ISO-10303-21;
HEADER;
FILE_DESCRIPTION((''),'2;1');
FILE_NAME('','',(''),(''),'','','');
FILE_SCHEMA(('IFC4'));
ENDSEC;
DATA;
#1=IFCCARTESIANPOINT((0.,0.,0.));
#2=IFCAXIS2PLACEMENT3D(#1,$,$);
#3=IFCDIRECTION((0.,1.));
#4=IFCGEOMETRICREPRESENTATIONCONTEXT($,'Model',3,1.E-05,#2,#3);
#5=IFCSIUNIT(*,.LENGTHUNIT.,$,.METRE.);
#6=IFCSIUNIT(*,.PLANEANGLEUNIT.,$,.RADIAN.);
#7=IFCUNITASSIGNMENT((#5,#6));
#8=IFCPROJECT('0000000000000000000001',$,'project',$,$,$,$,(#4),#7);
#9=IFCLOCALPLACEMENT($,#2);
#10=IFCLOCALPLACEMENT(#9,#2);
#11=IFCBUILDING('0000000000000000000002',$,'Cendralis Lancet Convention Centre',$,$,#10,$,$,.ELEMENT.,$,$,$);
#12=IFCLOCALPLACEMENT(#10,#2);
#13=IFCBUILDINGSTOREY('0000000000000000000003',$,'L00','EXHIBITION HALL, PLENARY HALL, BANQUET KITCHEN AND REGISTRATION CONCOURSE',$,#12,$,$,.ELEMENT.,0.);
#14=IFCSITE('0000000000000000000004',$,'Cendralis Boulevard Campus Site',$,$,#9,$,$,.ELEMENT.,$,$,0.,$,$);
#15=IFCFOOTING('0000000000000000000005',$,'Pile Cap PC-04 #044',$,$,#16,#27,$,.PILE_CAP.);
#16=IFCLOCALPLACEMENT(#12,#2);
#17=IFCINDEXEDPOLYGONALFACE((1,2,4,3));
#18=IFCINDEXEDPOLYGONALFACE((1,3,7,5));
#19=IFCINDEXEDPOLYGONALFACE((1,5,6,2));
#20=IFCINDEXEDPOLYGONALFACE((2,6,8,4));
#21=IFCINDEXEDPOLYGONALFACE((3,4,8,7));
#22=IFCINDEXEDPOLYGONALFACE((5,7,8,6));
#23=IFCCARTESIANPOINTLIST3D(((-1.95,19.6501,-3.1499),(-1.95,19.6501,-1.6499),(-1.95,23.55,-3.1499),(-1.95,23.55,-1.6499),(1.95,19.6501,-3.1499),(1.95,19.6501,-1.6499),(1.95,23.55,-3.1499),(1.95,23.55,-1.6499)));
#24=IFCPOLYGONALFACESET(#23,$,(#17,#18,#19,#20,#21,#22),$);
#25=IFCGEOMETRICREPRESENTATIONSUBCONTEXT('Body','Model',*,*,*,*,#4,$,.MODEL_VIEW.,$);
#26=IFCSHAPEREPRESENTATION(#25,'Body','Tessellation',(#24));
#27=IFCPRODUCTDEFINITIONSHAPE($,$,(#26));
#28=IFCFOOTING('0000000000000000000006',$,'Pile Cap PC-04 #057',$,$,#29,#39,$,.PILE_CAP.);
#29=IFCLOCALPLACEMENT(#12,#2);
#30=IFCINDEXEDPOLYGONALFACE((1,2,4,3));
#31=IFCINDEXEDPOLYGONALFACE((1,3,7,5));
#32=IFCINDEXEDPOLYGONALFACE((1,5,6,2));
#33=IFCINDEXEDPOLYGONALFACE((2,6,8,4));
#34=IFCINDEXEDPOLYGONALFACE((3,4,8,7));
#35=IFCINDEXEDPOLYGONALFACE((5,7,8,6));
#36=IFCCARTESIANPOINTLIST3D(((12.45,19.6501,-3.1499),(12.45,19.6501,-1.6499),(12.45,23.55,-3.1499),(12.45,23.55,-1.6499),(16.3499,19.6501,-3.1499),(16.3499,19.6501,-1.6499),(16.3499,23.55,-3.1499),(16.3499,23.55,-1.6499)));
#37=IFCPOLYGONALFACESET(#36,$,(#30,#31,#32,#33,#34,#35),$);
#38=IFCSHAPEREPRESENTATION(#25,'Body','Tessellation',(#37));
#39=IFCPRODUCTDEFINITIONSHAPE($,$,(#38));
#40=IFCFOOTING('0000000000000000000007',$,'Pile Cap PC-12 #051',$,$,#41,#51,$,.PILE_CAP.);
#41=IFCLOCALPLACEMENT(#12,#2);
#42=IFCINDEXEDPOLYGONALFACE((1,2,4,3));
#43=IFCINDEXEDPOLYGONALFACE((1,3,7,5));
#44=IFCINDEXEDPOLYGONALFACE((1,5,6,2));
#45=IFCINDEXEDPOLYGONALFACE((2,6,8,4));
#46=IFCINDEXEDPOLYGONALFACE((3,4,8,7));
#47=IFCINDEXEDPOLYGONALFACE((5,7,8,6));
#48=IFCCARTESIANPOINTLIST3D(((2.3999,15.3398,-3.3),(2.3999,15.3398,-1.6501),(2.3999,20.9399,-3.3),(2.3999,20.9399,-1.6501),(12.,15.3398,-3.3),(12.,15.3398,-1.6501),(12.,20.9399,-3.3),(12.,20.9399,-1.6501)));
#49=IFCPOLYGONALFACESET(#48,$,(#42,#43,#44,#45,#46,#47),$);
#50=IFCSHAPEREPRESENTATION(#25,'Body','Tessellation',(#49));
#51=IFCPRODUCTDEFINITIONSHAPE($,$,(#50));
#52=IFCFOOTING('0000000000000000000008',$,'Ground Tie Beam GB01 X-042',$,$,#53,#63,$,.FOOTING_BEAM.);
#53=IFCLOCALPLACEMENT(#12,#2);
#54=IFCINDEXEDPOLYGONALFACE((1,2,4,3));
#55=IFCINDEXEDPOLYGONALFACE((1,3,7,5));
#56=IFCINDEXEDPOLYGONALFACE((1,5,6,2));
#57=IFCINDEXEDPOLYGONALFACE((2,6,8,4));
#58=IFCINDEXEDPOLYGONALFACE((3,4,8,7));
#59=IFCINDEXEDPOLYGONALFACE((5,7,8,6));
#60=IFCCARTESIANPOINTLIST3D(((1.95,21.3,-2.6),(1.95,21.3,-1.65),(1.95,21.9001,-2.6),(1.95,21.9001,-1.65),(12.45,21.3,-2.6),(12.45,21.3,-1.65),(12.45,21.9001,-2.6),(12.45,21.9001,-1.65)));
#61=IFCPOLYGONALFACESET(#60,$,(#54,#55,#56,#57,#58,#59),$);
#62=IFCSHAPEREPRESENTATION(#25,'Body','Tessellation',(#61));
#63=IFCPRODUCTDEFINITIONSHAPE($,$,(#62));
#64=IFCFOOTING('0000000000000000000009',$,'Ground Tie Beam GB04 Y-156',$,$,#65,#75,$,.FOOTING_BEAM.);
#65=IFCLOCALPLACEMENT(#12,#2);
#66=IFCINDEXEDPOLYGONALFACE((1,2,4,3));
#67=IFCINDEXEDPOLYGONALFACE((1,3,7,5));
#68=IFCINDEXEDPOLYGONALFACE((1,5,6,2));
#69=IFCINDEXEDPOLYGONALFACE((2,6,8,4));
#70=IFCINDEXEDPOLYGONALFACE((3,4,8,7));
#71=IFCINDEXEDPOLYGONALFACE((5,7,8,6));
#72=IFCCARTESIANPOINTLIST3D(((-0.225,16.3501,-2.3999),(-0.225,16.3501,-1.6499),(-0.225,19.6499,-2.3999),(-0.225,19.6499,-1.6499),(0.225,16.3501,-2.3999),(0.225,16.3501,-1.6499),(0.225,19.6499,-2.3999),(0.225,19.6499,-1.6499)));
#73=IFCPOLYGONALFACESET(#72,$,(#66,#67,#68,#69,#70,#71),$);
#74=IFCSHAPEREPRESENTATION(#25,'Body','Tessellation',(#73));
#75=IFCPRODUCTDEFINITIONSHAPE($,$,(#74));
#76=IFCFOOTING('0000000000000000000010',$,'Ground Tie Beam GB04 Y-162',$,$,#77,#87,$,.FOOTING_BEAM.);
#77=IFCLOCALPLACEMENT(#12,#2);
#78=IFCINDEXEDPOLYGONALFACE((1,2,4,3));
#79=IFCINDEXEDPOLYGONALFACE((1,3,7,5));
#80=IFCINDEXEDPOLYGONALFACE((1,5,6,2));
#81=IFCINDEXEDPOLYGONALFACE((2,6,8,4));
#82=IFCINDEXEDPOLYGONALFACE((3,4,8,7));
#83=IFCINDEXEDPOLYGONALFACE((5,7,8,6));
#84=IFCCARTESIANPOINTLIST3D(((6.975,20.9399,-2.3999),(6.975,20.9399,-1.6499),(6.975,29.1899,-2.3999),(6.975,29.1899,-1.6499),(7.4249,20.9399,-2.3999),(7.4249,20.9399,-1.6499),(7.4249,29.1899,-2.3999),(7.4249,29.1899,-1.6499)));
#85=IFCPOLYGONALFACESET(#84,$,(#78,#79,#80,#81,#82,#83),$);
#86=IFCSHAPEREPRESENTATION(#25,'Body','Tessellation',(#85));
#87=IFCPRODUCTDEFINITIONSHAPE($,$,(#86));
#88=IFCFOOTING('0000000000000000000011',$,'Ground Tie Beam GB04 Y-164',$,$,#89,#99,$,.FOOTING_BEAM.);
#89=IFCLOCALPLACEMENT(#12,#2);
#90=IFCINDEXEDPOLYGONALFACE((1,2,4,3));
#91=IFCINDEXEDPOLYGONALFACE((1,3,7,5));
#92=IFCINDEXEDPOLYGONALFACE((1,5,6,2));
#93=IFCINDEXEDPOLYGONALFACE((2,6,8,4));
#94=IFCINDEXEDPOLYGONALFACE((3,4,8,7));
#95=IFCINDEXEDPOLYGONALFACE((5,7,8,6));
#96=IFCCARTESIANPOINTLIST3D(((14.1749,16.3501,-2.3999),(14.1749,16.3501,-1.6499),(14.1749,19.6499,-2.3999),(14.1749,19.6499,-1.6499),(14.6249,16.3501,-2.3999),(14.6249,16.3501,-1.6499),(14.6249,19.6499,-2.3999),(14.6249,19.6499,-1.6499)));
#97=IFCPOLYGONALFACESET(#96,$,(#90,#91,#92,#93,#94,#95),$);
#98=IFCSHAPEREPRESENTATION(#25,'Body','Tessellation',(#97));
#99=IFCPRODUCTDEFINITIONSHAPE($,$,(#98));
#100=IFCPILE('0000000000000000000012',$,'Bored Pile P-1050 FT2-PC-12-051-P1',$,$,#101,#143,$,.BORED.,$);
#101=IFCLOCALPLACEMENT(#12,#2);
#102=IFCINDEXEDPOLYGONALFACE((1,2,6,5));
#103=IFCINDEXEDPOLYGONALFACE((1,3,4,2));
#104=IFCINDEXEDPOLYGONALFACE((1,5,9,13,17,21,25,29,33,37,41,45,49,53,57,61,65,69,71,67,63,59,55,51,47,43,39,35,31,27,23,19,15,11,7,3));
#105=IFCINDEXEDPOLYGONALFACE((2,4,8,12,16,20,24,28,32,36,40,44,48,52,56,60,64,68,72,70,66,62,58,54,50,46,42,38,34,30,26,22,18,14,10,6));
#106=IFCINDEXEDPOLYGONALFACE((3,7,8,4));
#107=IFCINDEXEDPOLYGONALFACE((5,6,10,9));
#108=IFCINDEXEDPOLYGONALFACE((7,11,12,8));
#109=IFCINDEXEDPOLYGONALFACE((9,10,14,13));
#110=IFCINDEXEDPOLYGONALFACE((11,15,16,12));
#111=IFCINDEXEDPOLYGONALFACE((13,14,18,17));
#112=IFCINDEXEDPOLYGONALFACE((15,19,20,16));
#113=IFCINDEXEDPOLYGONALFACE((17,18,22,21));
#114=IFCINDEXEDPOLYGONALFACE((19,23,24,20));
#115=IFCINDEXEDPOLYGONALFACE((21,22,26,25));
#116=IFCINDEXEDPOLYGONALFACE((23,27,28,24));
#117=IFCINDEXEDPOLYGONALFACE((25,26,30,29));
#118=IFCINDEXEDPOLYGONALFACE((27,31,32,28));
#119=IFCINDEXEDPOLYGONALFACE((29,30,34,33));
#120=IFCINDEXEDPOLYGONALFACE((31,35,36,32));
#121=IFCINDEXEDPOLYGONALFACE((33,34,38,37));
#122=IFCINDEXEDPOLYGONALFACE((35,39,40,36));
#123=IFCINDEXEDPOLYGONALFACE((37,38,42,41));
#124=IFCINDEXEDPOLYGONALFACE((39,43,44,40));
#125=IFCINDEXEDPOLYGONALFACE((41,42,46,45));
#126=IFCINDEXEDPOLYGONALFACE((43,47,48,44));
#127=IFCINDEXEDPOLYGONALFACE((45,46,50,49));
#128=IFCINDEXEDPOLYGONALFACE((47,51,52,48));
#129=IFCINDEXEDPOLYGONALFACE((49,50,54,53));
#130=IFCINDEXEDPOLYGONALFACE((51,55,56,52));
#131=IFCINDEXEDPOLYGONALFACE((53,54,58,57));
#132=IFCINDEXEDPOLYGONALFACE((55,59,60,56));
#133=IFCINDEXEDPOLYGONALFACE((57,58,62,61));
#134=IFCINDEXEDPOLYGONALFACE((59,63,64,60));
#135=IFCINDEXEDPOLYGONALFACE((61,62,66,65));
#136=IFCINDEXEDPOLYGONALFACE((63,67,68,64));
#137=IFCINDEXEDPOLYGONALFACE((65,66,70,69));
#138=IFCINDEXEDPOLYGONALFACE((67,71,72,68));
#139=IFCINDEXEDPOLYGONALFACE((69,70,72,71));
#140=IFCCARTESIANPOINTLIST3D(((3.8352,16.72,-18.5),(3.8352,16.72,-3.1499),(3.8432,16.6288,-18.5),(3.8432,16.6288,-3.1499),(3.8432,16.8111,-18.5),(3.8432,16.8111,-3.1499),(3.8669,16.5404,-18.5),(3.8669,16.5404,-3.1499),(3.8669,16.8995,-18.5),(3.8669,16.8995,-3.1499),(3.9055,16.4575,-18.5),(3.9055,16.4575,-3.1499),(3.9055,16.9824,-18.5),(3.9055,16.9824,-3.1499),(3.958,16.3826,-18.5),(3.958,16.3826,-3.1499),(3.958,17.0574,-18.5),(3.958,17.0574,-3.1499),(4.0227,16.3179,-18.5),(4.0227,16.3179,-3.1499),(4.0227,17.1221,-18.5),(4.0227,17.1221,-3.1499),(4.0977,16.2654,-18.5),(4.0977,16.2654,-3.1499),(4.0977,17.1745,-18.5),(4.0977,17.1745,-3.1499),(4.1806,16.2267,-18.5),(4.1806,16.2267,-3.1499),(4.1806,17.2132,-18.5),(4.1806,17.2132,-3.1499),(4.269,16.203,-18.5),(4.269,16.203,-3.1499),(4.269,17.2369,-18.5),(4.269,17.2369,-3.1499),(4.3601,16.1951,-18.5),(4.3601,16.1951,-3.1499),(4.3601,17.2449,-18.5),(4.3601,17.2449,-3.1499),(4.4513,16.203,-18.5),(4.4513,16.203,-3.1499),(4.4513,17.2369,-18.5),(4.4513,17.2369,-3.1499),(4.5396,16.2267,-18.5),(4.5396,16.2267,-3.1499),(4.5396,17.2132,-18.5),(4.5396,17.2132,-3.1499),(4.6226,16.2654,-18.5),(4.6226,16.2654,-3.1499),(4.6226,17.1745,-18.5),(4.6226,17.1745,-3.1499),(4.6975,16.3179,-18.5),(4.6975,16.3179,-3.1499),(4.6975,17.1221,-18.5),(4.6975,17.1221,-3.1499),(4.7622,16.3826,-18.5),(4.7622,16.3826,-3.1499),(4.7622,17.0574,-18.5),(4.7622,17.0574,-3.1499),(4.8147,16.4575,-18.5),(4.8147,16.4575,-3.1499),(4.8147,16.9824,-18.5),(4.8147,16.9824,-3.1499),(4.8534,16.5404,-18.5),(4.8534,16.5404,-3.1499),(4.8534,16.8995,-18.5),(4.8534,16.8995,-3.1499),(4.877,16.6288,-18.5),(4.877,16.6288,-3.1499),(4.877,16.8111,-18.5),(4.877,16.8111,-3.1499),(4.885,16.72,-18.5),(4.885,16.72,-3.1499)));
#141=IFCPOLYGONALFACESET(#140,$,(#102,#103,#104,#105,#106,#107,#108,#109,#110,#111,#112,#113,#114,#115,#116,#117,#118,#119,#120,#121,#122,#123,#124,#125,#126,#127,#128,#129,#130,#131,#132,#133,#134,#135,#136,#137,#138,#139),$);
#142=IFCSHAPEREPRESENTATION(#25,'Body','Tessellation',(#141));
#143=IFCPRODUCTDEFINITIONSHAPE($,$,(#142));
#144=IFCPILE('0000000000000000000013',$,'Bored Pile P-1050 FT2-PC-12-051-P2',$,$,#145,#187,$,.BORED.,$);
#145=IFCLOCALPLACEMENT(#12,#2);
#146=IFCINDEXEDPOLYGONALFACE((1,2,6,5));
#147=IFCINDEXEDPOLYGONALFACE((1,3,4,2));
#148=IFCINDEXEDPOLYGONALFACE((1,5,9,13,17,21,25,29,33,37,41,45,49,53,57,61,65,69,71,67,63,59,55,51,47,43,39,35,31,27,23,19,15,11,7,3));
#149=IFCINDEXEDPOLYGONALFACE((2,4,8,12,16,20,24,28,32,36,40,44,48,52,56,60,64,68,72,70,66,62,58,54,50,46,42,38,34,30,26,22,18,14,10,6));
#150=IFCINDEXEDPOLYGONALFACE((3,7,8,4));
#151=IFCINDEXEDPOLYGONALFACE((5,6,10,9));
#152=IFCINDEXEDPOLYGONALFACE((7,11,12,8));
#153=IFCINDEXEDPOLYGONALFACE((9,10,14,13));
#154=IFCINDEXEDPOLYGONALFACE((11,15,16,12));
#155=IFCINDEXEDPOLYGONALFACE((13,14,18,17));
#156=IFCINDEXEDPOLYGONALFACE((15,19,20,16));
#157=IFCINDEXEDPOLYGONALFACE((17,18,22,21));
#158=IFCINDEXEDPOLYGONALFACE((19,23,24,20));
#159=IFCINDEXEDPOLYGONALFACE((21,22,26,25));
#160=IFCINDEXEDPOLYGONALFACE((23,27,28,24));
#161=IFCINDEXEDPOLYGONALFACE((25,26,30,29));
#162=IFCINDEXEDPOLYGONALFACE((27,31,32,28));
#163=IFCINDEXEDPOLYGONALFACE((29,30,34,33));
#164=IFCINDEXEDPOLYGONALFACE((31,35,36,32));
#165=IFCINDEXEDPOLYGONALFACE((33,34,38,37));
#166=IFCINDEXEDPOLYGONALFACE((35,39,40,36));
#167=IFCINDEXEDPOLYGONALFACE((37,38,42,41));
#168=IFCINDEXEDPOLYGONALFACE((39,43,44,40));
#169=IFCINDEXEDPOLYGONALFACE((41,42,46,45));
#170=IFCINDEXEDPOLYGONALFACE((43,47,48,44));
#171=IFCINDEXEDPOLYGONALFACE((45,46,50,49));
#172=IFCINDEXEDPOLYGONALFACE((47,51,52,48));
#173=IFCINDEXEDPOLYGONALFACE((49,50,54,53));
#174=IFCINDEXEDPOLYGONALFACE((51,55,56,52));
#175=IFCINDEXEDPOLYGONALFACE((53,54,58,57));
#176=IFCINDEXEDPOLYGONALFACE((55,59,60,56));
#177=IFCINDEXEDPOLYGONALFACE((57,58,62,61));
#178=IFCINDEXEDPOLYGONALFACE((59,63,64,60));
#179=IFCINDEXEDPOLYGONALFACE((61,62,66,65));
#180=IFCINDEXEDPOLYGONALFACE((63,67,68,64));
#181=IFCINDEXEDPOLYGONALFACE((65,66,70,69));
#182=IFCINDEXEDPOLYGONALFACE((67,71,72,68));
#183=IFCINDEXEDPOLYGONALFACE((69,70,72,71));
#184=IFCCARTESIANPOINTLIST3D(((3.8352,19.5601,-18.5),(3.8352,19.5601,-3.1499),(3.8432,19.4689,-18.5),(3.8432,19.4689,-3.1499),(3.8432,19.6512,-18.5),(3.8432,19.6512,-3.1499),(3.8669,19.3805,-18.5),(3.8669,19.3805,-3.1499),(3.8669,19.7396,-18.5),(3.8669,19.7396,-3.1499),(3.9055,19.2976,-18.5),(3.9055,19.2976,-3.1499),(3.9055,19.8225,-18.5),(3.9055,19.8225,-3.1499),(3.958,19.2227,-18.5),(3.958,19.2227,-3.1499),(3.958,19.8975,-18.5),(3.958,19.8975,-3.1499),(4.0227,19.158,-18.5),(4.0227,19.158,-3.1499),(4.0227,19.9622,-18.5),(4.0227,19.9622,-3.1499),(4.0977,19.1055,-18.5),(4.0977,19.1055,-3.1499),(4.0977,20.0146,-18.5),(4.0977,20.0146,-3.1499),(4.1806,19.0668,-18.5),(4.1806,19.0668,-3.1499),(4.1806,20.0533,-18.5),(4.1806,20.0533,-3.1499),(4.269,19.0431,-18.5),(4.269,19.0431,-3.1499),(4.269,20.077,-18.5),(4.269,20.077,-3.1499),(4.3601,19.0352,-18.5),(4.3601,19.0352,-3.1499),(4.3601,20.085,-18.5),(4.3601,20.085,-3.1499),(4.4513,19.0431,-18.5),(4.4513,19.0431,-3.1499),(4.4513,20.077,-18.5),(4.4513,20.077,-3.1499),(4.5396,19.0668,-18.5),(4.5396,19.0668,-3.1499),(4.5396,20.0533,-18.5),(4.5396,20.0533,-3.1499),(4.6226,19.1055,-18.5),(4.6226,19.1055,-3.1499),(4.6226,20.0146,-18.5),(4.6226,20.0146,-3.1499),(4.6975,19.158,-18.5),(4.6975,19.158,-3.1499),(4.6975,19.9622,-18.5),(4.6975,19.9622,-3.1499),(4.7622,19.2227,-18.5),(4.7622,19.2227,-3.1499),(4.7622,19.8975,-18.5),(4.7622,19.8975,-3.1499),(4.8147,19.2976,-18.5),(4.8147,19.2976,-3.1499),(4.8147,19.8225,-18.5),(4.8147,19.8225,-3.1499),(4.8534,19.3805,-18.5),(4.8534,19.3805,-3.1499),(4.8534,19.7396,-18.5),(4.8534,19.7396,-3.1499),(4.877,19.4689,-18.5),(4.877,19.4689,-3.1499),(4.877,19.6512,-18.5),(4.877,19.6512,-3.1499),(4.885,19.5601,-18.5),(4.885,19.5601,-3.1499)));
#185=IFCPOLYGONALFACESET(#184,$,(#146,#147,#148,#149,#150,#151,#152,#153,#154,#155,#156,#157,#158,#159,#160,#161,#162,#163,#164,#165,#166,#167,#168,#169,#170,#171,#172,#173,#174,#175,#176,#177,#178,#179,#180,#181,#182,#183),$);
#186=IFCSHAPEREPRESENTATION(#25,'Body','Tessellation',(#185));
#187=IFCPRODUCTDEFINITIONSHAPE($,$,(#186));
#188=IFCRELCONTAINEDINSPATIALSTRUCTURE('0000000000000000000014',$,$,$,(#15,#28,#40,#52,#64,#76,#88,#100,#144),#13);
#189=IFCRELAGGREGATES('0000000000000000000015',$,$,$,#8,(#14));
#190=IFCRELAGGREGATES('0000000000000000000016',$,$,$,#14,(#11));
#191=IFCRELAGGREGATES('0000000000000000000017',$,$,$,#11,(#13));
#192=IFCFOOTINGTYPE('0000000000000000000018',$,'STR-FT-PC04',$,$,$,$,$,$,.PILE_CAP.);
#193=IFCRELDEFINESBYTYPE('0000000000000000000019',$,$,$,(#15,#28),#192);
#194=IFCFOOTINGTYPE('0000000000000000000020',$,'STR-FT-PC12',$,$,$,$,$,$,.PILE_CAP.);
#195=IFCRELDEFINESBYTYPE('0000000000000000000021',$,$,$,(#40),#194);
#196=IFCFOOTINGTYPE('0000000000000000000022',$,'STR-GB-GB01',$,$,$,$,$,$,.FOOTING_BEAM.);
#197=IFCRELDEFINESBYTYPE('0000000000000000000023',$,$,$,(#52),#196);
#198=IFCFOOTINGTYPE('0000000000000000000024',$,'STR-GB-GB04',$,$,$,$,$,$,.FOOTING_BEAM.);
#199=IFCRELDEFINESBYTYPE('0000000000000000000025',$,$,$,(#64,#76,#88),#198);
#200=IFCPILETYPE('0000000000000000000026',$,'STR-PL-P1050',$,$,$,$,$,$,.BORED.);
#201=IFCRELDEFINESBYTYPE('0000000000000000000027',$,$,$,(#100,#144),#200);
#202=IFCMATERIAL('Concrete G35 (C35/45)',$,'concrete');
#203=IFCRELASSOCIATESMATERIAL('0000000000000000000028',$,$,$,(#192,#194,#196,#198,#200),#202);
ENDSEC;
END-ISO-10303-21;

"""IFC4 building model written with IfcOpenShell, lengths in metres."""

from ifc_helpers import new_model, si_unit, direction, frame, origin, origin_2d, place, context, subcontext, project, spatial, rectangle, circle, extrude, material, material_profile, profile_set, type_object, element, save


model = new_model("IFC4")

# Units and contexts
model_context = context("Model", 3, precision=1e-05, world=origin(), true_north=direction((0.0, 1.0)))
body_context = subcontext(model_context, "Body", "Model", "MODEL_VIEW")
ifc_project = project(units=[si_unit("LENGTHUNIT", "METRE"), si_unit("PLANEANGLEUNIT", "RADIAN")], contexts=[model_context])

# Site, building, storey
site_placement = place(None, origin())
site = spatial("IfcSite", under=ifc_project, at=site_placement, Name="Cendralis Boulevard Campus Site", CompositionType="ELEMENT", RefElevation=0.0)
building_placement = place(site_placement, origin())
building = spatial("IfcBuilding", under=site, at=building_placement, Name="Cendralis Lancet Convention Centre", CompositionType="ELEMENT")
storey_placement = place(building_placement, origin())
storey = spatial("IfcBuildingStorey", under=building, at=storey_placement, Name="L00", Description="EXHIBITION HALL, PLENARY HALL, BANQUET KITCHEN AND REGISTRATION CONCOURSE", CompositionType="ELEMENT", Elevation=0.0)

# Footings
ifc_material_1 = material(Name="Concrete G35 (C35/45)", Category="concrete")
footing_type_1 = type_object("IfcFootingType", Name="STR-FT-PC04", PredefinedType="PILE_CAP", material=ifc_material_1)
for number, where, z_axis, x_axis, name in (
    (1, (0.0, 21.6001, -3.1499), (0.0, 0.0, 1.0), (1.0, 0.0, 0.0), "Pile Cap PC-04 #044"),
    (2, (14.3999, 21.6001, -3.1499), (0.0, 0.0, 1.0), (1.0, 0.0, 0.0), "Pile Cap PC-04 #057"),
):
    element("IfcFooting", number, at=place(storey_placement, frame(where, z_axis=z_axis, x_axis=x_axis)), inside=storey, type_object=footing_type_1, Name=name, PredefinedType="PILE_CAP", context=body_context, shape_type="SweptSolid", body=[
        extrude(rectangle(XDim=3.8999, YDim=3.8999, at=origin_2d()), origin(), (0.0, 0.0, 1.0), 1.5),
    ])
footing_type_2 = type_object("IfcFootingType", Name="STR-FT-PC12", PredefinedType="PILE_CAP", material=ifc_material_1)
footing_1_placement = place(storey_placement, frame((7.2, 18.1399, -3.3), z_axis=(0.0, 0.0, 1.0), x_axis=(1.0, 0.0, 0.0)))
element("IfcFooting", 3, at=footing_1_placement, inside=storey, type_object=footing_type_2, Name="Pile Cap PC-12 #051", PredefinedType="PILE_CAP", context=body_context, shape_type="SweptSolid", body=[
    extrude(rectangle(XDim=9.6001, YDim=5.6001, at=origin_2d()), origin(), (0.0, 0.0, 1.0), 1.6499),
])
ifc_material_profile_1 = material_profile(ifc_material_1, rectangle(XDim=0.6001, YDim=0.95, at=origin_2d()), Name="RCB 600x950")
ifc_profile_set_1 = profile_set([ifc_material_profile_1], Name="Concrete G35 (C35/45)")
footing_type_3 = type_object("IfcFootingType", Name="STR-GB-GB01", PredefinedType="FOOTING_BEAM", material=ifc_profile_set_1)
footing_2_placement = place(storey_placement, frame((1.95, 21.6001, -2.125), z_axis=(1.0, 0.0, 0.0), x_axis=(0.0, 1.0, 0.0)))
element("IfcFooting", 4, at=footing_2_placement, inside=storey, type_object=footing_type_3, Name="Ground Tie Beam GB01 X-042", PredefinedType="FOOTING_BEAM", context=body_context, shape_type="SweptSolid", body=[
    extrude(rectangle(XDim=0.6001, YDim=0.95, at=origin_2d()), origin(), (0.0, 0.0, 1.0), 10.5),
])
ifc_material_profile_2 = material_profile(ifc_material_1, rectangle(XDim=0.45, YDim=0.75, at=origin_2d()), Name="RCB 450x750")
ifc_profile_set_2 = profile_set([ifc_material_profile_2], Name="Concrete G35 (C35/45)")
footing_type_4 = type_object("IfcFootingType", Name="STR-GB-GB04", PredefinedType="FOOTING_BEAM", material=ifc_profile_set_2)
footing_3_placement = place(storey_placement, frame((0.0, 16.3501, -2.0249), z_axis=(0.0, 1.0, 0.0), x_axis=(-1.0, 0.0, 0.0)))
element("IfcFooting", 5, at=footing_3_placement, inside=storey, type_object=footing_type_4, Name="Ground Tie Beam GB04 Y-156", PredefinedType="FOOTING_BEAM", context=body_context, shape_type="SweptSolid", body=[
    extrude(rectangle(XDim=0.45, YDim=0.75, at=origin_2d()), origin(), (0.0, 0.0, 1.0), 3.2998),
])
footing_4_placement = place(storey_placement, frame((7.2, 20.9399, -2.0249), z_axis=(0.0, 1.0, 0.0), x_axis=(-1.0, 0.0, 0.0)))
element("IfcFooting", 6, at=footing_4_placement, inside=storey, type_object=footing_type_4, Name="Ground Tie Beam GB04 Y-162", PredefinedType="FOOTING_BEAM", context=body_context, shape_type="SweptSolid", body=[
    extrude(rectangle(XDim=0.45, YDim=0.75, at=origin_2d()), origin(), (0.0, 0.0, 1.0), 8.25),
])
footing_5_placement = place(storey_placement, frame((14.3999, 16.3501, -2.0249), z_axis=(0.0, 1.0, 0.0), x_axis=(-1.0, 0.0, 0.0)))
element("IfcFooting", 7, at=footing_5_placement, inside=storey, type_object=footing_type_4, Name="Ground Tie Beam GB04 Y-164", PredefinedType="FOOTING_BEAM", context=body_context, shape_type="SweptSolid", body=[
    extrude(rectangle(XDim=0.45, YDim=0.75, at=origin_2d()), origin(), (0.0, 0.0, 1.0), 3.2998),
])

# Piles
ifc_material_profile_3 = material_profile(ifc_material_1, circle(Radius=0.5249, at=origin_2d()), Name="BORED PILE D1050")
ifc_profile_set_3 = profile_set([ifc_material_profile_3], Name="Concrete G35 (C35/45)")
pile_type_1 = type_object("IfcPileType", Name="STR-PL-P1050", PredefinedType="BORED", material=ifc_profile_set_3)
for number, where, z_axis, x_axis, name in (
    (8, (4.3601, 16.72, -3.1499), (0.0, 0.0, -1.0), (1.0, 0.0, 0.0), "Bored Pile P-1050 FT2-PC-12-051-P1"),
    (9, (4.3601, 19.5601, -3.1499), (0.0, 0.0, -1.0), (1.0, 0.0, 0.0), "Bored Pile P-1050 FT2-PC-12-051-P2"),
):
    element("IfcPile", number, at=place(storey_placement, frame(where, z_axis=z_axis, x_axis=x_axis)), inside=storey, type_object=pile_type_1, Name=name, PredefinedType="BORED", context=body_context, shape_type="SweptSolid", body=[
        extrude(circle(Radius=0.5249, at=origin_2d()), origin(), (0.0, 0.0, 1.0), 15.3501),
    ])

save(model, "model.ifc")
